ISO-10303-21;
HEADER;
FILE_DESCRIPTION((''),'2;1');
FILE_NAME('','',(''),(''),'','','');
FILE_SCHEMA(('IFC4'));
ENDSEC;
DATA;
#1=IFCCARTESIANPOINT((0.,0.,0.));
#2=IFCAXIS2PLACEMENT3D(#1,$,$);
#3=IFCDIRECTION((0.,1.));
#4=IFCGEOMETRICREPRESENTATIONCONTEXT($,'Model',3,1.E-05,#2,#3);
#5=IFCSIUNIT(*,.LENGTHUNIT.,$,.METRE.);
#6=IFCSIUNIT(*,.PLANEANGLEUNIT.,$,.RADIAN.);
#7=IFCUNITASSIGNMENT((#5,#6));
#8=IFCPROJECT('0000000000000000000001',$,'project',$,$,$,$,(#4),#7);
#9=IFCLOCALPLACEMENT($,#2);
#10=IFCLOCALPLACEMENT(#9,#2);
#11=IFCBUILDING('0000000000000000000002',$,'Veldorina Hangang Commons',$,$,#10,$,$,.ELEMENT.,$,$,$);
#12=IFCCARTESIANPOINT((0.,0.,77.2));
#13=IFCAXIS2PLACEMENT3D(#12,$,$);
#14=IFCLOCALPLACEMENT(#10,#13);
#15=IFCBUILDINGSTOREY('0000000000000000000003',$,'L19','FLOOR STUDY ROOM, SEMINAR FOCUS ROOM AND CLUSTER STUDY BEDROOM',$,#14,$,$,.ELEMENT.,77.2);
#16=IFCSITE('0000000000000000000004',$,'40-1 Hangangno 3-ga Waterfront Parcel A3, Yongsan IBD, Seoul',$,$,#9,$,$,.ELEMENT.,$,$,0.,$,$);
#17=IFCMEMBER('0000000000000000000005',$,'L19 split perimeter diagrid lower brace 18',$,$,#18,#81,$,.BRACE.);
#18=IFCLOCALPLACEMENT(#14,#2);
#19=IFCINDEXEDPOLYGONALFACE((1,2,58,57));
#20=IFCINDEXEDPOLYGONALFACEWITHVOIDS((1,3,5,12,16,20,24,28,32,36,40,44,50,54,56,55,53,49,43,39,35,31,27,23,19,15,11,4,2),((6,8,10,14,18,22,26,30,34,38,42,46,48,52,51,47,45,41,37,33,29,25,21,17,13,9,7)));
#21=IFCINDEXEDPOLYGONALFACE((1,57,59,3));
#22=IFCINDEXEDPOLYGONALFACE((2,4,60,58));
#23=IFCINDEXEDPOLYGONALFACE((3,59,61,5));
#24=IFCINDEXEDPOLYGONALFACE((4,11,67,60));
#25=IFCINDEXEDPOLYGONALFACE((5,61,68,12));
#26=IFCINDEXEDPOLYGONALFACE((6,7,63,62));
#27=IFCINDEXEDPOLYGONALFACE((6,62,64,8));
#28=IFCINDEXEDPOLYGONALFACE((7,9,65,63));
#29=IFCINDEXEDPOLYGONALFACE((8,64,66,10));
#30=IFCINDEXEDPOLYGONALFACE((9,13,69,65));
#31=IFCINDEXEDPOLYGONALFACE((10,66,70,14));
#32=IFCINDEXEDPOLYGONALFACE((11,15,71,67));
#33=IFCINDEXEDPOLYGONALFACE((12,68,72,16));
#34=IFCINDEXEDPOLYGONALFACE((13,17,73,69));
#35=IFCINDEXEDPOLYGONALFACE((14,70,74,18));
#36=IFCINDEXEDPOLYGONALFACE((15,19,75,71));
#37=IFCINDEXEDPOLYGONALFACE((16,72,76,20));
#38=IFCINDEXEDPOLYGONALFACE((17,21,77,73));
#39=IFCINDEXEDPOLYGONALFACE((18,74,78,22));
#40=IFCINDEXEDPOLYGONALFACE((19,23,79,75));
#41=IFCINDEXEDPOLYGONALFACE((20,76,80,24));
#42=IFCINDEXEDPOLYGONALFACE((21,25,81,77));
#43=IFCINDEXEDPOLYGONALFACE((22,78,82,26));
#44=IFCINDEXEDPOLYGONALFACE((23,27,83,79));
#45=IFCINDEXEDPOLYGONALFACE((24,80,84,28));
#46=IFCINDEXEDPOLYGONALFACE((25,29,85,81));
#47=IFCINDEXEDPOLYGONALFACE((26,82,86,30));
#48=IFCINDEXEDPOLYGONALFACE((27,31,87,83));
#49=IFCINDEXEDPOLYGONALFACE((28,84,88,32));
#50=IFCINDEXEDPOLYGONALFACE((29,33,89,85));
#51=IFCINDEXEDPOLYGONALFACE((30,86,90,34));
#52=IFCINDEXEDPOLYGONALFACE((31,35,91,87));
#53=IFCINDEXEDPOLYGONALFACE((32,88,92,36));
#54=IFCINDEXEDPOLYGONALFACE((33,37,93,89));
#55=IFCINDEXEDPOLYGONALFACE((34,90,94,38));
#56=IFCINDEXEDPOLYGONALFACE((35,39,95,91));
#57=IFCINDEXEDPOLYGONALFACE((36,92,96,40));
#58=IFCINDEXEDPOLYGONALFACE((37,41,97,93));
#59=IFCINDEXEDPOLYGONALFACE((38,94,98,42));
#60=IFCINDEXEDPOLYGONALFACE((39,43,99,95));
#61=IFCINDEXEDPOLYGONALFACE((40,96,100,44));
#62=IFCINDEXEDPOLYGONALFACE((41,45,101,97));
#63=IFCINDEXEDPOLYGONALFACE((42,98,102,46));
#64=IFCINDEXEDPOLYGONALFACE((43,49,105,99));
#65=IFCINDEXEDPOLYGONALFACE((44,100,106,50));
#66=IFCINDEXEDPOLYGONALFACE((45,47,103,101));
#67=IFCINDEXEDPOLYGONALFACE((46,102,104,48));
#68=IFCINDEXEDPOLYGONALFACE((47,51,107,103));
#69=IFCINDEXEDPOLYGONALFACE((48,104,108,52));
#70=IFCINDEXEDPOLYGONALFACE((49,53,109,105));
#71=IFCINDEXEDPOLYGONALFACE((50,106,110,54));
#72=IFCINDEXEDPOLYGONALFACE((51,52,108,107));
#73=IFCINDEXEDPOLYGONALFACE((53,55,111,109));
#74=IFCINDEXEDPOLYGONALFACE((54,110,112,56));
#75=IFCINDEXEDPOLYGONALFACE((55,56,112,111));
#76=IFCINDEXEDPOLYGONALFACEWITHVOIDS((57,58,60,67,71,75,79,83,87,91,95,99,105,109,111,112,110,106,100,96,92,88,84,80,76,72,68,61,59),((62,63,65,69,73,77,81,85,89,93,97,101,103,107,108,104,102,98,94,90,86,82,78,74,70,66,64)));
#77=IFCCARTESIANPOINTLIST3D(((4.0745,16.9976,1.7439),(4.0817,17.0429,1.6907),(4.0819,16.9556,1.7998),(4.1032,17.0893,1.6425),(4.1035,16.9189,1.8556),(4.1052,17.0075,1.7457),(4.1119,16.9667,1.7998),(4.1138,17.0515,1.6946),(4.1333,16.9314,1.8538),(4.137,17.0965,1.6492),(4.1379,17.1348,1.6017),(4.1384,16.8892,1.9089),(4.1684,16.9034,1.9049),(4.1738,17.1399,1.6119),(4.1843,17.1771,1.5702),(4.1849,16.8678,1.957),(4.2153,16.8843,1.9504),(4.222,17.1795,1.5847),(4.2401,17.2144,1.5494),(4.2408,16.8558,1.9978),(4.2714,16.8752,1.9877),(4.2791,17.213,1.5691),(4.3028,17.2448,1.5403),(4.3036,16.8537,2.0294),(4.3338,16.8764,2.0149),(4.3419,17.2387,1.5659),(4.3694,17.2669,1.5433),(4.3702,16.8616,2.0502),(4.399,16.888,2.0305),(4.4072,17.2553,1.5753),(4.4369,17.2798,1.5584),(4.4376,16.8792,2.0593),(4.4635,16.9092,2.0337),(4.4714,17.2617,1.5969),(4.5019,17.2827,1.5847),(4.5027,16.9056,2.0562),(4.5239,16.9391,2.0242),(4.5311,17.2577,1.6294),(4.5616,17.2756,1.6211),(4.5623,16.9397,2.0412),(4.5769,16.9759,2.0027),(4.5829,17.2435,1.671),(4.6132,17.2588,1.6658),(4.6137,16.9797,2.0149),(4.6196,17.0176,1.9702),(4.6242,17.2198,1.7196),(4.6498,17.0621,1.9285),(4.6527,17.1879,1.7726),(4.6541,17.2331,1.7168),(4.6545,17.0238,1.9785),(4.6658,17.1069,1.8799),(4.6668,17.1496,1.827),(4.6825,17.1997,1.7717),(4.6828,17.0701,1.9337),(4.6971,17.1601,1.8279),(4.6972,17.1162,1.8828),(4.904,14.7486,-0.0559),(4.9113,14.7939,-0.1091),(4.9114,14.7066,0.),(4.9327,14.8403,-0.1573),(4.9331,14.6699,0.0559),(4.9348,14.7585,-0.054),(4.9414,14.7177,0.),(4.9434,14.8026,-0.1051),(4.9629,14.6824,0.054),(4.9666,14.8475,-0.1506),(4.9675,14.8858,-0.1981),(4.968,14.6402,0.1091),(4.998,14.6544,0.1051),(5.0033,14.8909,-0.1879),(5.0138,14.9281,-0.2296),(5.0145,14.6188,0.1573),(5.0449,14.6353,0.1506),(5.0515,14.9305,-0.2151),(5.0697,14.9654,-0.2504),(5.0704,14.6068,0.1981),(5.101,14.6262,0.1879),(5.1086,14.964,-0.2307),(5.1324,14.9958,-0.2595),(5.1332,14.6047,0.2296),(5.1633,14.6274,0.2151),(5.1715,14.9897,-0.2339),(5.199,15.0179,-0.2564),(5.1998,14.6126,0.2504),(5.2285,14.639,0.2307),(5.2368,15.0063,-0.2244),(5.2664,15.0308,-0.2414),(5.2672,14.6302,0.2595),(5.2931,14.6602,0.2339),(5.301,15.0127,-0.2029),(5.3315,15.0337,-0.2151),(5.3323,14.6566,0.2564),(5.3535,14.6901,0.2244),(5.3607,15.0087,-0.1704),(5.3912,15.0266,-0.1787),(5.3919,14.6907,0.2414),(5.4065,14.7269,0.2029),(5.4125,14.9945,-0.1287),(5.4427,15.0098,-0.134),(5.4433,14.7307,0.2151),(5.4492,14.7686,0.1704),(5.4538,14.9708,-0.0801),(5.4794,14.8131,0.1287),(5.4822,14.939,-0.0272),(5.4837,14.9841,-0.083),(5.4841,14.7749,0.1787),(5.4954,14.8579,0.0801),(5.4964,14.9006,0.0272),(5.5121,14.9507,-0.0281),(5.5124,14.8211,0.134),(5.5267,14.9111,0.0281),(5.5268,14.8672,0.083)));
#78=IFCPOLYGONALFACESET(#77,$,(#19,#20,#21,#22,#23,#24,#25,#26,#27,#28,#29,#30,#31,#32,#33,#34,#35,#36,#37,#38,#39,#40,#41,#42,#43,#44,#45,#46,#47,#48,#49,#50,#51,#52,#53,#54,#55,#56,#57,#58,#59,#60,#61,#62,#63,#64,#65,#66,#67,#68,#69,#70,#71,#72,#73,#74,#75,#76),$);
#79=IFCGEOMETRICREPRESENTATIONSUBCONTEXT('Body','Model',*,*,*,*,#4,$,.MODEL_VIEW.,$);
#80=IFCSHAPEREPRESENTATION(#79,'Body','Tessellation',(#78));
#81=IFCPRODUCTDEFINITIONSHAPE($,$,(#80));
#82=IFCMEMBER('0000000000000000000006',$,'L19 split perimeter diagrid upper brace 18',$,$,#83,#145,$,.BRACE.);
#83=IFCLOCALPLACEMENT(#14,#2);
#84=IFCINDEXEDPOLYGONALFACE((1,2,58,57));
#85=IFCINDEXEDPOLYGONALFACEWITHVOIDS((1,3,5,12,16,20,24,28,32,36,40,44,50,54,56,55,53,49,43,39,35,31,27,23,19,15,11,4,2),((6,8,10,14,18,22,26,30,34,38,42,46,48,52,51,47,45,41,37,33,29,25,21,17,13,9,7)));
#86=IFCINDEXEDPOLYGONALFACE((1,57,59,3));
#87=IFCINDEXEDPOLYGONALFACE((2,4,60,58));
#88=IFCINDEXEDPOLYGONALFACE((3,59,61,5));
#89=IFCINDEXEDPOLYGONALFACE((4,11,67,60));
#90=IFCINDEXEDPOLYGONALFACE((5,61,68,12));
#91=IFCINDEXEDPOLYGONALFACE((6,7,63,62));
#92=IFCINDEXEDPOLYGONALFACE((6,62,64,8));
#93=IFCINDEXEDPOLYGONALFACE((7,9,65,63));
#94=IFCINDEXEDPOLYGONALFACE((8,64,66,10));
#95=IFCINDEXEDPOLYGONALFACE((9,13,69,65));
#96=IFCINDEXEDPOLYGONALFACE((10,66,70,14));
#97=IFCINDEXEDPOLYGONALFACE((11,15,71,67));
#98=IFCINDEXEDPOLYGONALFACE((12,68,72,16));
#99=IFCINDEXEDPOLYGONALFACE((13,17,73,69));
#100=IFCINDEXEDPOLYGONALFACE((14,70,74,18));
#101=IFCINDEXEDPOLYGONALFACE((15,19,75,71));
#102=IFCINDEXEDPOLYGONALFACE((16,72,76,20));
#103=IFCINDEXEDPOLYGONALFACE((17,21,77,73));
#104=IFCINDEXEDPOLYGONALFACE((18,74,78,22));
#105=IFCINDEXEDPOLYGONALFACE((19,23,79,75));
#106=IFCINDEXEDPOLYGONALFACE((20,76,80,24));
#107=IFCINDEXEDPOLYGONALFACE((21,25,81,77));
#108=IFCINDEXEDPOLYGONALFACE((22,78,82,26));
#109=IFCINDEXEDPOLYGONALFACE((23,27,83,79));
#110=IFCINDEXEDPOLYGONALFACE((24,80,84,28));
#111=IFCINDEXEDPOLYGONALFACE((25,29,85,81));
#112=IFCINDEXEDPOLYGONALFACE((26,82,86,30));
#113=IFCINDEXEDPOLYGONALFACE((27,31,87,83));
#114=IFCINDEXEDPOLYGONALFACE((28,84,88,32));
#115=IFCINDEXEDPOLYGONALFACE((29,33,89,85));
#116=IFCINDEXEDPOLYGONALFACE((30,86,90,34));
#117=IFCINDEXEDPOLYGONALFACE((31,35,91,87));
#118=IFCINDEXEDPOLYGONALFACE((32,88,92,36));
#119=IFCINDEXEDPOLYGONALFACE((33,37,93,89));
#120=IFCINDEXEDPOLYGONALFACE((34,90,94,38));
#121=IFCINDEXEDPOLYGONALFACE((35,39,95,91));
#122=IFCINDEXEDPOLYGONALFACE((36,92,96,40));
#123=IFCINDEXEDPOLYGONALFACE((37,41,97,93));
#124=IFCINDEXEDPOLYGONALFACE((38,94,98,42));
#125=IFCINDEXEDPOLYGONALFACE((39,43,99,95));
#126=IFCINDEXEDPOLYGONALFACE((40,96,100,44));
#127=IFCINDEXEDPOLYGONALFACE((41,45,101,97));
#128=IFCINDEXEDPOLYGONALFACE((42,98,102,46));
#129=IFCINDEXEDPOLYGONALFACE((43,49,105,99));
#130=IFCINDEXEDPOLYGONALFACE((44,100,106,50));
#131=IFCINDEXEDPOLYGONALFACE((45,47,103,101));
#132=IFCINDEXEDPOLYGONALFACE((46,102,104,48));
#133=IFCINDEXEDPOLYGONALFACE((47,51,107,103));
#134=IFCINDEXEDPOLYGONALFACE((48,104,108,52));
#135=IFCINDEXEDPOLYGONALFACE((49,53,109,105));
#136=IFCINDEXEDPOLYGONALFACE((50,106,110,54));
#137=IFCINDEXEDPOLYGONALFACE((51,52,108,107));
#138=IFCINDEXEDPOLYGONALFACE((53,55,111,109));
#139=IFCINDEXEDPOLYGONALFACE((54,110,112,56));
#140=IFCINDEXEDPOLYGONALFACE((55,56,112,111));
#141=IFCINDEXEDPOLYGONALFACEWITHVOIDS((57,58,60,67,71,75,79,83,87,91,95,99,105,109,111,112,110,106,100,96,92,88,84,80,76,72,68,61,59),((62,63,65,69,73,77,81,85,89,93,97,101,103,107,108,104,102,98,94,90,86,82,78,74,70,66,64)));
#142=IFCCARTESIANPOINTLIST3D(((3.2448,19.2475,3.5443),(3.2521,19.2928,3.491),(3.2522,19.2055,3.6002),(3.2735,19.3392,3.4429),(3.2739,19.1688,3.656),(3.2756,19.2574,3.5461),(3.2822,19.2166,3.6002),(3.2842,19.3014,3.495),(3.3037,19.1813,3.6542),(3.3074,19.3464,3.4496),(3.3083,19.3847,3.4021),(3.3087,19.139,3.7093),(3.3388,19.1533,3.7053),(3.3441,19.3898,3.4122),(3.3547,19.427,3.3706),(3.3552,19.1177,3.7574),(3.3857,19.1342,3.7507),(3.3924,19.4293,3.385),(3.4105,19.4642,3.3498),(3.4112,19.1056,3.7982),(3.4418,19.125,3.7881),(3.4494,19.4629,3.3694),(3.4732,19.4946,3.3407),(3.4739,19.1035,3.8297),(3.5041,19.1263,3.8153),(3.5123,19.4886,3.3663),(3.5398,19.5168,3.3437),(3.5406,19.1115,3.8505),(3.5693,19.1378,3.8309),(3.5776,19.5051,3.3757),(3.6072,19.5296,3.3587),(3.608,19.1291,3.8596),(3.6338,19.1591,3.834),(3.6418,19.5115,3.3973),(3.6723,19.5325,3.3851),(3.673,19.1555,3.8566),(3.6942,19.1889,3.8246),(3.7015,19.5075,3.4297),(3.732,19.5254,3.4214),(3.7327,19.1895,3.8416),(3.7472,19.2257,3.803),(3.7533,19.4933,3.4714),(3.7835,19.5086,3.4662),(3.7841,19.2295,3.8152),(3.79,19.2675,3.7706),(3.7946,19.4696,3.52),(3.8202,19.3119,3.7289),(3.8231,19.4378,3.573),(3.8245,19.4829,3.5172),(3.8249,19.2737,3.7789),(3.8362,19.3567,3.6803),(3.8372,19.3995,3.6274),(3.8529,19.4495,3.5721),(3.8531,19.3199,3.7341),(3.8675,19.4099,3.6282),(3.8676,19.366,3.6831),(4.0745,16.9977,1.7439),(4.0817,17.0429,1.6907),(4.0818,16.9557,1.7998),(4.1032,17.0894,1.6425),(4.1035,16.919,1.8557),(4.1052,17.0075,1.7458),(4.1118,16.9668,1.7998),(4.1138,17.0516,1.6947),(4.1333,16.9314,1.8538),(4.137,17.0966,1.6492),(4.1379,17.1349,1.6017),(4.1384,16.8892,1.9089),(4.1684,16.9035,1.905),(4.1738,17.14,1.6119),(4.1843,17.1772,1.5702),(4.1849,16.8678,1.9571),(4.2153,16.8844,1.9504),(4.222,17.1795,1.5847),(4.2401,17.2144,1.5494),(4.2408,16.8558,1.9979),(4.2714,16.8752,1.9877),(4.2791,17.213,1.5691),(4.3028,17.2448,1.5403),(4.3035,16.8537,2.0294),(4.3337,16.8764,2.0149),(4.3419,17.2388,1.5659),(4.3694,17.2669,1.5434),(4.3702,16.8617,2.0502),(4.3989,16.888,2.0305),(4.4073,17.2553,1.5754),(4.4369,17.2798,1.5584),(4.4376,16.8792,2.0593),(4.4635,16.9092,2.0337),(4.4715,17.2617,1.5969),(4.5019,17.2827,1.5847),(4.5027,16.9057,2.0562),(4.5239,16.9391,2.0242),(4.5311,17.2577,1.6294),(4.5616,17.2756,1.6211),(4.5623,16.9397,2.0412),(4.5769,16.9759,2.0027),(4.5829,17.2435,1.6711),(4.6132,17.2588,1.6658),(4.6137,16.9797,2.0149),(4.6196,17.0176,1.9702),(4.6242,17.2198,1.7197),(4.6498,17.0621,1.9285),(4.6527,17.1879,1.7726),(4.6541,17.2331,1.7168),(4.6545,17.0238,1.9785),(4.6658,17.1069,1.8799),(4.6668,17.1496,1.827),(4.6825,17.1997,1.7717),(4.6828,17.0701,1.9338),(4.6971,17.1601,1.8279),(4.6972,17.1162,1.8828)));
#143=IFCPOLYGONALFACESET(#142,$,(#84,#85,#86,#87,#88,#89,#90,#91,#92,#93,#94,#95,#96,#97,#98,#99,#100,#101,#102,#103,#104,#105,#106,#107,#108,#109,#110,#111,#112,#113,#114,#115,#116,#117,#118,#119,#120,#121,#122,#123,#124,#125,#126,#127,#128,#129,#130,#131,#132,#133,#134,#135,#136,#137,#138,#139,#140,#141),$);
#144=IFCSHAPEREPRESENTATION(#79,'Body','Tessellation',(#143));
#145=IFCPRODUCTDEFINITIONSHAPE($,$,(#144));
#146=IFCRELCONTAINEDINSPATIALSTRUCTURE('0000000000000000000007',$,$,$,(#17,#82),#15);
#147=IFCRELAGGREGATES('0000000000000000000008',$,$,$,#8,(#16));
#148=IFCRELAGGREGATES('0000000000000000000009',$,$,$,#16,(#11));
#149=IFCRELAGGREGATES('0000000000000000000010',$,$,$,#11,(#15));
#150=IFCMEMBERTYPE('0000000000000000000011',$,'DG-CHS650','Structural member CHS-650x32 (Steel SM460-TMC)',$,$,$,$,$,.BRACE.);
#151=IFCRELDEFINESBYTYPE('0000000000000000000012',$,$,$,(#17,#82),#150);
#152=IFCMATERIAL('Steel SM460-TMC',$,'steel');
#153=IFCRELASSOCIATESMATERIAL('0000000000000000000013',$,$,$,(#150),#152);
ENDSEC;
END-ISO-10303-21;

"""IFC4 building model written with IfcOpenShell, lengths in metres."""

from ifc_helpers import new_model, si_unit, direction, frame, origin, origin_2d, place, context, subcontext, project, spatial, hollow_circle, extrude, material, material_profile, profile_set, type_object, element, save


model = new_model("IFC4")

# Units and contexts
model_context = context("Model", 3, precision=1e-05, world=origin(), true_north=direction((0.0, 1.0)))
body_context = subcontext(model_context, "Body", "Model", "MODEL_VIEW")
ifc_project = project(units=[si_unit("LENGTHUNIT", "METRE"), si_unit("PLANEANGLEUNIT", "RADIAN")], contexts=[model_context])

# Site, building, storey
site_placement = place(None, origin())
site = spatial("IfcSite", under=ifc_project, at=site_placement, Name="40-1 Hangangno 3-ga Waterfront Parcel A3, Yongsan IBD, Seoul", CompositionType="ELEMENT", RefElevation=0.0)
building_placement = place(site_placement, origin())
building = spatial("IfcBuilding", under=site, at=building_placement, Name="Veldorina Hangang Commons", CompositionType="ELEMENT")
storey_placement = place(building_placement, frame((0.0, 0.0, 77.2)))
storey = spatial("IfcBuildingStorey", under=building, at=storey_placement, Name="L19", Description="FLOOR STUDY ROOM, SEMINAR FOCUS ROOM AND CLUSTER STUDY BEDROOM", CompositionType="ELEMENT", Elevation=77.2)

# Members
ifc_material_1 = material(Name="Steel SM460-TMC", Category="steel")
ifc_material_profile_1 = material_profile(ifc_material_1, hollow_circle(Radius=0.325, WallThickness=0.032, at=origin_2d()), Name="CHS-650x32")
ifc_profile_set_1 = profile_set([ifc_material_profile_1], Name="Steel SM460-TMC")
member_type = type_object("IfcMemberType", Name="DG-CHS650", Description="Structural member CHS-650x32 (Steel SM460-TMC)", PredefinedType="BRACE", material=ifc_profile_set_1)
member_1_placement = place(storey_placement, frame((5.2163, 14.8191, 0.0), z_axis=(-0.276751, 0.750274, 0.600415), x_axis=(-0.938207, -0.346073, 0.0)))
element("IfcMember", 1, at=member_1_placement, inside=storey, type_object=member_type, Name="L19 split perimeter diagrid lower brace 18", PredefinedType="BRACE", context=body_context, shape_type="SweptSolid", body=[
    extrude(hollow_circle(Radius=0.325, WallThickness=0.032, at=origin_2d()), origin(), (0.0, 0.0, 1.0), 2.9976),
])
member_2_placement = place(storey_placement, frame((4.3867, 17.0681, 1.7998), z_axis=(-0.276673, 0.750307, 0.600409), x_axis=(-0.938244, -0.345974, 0.0)))
element("IfcMember", 2, at=member_2_placement, inside=storey, type_object=member_type, Name="L19 split perimeter diagrid upper brace 18", PredefinedType="BRACE", context=body_context, shape_type="SweptSolid", body=[
    extrude(hollow_circle(Radius=0.325, WallThickness=0.032, at=origin_2d()), origin(), (0.0, 0.0, 1.0), 2.9985),
])

save(model, "model.ifc")
